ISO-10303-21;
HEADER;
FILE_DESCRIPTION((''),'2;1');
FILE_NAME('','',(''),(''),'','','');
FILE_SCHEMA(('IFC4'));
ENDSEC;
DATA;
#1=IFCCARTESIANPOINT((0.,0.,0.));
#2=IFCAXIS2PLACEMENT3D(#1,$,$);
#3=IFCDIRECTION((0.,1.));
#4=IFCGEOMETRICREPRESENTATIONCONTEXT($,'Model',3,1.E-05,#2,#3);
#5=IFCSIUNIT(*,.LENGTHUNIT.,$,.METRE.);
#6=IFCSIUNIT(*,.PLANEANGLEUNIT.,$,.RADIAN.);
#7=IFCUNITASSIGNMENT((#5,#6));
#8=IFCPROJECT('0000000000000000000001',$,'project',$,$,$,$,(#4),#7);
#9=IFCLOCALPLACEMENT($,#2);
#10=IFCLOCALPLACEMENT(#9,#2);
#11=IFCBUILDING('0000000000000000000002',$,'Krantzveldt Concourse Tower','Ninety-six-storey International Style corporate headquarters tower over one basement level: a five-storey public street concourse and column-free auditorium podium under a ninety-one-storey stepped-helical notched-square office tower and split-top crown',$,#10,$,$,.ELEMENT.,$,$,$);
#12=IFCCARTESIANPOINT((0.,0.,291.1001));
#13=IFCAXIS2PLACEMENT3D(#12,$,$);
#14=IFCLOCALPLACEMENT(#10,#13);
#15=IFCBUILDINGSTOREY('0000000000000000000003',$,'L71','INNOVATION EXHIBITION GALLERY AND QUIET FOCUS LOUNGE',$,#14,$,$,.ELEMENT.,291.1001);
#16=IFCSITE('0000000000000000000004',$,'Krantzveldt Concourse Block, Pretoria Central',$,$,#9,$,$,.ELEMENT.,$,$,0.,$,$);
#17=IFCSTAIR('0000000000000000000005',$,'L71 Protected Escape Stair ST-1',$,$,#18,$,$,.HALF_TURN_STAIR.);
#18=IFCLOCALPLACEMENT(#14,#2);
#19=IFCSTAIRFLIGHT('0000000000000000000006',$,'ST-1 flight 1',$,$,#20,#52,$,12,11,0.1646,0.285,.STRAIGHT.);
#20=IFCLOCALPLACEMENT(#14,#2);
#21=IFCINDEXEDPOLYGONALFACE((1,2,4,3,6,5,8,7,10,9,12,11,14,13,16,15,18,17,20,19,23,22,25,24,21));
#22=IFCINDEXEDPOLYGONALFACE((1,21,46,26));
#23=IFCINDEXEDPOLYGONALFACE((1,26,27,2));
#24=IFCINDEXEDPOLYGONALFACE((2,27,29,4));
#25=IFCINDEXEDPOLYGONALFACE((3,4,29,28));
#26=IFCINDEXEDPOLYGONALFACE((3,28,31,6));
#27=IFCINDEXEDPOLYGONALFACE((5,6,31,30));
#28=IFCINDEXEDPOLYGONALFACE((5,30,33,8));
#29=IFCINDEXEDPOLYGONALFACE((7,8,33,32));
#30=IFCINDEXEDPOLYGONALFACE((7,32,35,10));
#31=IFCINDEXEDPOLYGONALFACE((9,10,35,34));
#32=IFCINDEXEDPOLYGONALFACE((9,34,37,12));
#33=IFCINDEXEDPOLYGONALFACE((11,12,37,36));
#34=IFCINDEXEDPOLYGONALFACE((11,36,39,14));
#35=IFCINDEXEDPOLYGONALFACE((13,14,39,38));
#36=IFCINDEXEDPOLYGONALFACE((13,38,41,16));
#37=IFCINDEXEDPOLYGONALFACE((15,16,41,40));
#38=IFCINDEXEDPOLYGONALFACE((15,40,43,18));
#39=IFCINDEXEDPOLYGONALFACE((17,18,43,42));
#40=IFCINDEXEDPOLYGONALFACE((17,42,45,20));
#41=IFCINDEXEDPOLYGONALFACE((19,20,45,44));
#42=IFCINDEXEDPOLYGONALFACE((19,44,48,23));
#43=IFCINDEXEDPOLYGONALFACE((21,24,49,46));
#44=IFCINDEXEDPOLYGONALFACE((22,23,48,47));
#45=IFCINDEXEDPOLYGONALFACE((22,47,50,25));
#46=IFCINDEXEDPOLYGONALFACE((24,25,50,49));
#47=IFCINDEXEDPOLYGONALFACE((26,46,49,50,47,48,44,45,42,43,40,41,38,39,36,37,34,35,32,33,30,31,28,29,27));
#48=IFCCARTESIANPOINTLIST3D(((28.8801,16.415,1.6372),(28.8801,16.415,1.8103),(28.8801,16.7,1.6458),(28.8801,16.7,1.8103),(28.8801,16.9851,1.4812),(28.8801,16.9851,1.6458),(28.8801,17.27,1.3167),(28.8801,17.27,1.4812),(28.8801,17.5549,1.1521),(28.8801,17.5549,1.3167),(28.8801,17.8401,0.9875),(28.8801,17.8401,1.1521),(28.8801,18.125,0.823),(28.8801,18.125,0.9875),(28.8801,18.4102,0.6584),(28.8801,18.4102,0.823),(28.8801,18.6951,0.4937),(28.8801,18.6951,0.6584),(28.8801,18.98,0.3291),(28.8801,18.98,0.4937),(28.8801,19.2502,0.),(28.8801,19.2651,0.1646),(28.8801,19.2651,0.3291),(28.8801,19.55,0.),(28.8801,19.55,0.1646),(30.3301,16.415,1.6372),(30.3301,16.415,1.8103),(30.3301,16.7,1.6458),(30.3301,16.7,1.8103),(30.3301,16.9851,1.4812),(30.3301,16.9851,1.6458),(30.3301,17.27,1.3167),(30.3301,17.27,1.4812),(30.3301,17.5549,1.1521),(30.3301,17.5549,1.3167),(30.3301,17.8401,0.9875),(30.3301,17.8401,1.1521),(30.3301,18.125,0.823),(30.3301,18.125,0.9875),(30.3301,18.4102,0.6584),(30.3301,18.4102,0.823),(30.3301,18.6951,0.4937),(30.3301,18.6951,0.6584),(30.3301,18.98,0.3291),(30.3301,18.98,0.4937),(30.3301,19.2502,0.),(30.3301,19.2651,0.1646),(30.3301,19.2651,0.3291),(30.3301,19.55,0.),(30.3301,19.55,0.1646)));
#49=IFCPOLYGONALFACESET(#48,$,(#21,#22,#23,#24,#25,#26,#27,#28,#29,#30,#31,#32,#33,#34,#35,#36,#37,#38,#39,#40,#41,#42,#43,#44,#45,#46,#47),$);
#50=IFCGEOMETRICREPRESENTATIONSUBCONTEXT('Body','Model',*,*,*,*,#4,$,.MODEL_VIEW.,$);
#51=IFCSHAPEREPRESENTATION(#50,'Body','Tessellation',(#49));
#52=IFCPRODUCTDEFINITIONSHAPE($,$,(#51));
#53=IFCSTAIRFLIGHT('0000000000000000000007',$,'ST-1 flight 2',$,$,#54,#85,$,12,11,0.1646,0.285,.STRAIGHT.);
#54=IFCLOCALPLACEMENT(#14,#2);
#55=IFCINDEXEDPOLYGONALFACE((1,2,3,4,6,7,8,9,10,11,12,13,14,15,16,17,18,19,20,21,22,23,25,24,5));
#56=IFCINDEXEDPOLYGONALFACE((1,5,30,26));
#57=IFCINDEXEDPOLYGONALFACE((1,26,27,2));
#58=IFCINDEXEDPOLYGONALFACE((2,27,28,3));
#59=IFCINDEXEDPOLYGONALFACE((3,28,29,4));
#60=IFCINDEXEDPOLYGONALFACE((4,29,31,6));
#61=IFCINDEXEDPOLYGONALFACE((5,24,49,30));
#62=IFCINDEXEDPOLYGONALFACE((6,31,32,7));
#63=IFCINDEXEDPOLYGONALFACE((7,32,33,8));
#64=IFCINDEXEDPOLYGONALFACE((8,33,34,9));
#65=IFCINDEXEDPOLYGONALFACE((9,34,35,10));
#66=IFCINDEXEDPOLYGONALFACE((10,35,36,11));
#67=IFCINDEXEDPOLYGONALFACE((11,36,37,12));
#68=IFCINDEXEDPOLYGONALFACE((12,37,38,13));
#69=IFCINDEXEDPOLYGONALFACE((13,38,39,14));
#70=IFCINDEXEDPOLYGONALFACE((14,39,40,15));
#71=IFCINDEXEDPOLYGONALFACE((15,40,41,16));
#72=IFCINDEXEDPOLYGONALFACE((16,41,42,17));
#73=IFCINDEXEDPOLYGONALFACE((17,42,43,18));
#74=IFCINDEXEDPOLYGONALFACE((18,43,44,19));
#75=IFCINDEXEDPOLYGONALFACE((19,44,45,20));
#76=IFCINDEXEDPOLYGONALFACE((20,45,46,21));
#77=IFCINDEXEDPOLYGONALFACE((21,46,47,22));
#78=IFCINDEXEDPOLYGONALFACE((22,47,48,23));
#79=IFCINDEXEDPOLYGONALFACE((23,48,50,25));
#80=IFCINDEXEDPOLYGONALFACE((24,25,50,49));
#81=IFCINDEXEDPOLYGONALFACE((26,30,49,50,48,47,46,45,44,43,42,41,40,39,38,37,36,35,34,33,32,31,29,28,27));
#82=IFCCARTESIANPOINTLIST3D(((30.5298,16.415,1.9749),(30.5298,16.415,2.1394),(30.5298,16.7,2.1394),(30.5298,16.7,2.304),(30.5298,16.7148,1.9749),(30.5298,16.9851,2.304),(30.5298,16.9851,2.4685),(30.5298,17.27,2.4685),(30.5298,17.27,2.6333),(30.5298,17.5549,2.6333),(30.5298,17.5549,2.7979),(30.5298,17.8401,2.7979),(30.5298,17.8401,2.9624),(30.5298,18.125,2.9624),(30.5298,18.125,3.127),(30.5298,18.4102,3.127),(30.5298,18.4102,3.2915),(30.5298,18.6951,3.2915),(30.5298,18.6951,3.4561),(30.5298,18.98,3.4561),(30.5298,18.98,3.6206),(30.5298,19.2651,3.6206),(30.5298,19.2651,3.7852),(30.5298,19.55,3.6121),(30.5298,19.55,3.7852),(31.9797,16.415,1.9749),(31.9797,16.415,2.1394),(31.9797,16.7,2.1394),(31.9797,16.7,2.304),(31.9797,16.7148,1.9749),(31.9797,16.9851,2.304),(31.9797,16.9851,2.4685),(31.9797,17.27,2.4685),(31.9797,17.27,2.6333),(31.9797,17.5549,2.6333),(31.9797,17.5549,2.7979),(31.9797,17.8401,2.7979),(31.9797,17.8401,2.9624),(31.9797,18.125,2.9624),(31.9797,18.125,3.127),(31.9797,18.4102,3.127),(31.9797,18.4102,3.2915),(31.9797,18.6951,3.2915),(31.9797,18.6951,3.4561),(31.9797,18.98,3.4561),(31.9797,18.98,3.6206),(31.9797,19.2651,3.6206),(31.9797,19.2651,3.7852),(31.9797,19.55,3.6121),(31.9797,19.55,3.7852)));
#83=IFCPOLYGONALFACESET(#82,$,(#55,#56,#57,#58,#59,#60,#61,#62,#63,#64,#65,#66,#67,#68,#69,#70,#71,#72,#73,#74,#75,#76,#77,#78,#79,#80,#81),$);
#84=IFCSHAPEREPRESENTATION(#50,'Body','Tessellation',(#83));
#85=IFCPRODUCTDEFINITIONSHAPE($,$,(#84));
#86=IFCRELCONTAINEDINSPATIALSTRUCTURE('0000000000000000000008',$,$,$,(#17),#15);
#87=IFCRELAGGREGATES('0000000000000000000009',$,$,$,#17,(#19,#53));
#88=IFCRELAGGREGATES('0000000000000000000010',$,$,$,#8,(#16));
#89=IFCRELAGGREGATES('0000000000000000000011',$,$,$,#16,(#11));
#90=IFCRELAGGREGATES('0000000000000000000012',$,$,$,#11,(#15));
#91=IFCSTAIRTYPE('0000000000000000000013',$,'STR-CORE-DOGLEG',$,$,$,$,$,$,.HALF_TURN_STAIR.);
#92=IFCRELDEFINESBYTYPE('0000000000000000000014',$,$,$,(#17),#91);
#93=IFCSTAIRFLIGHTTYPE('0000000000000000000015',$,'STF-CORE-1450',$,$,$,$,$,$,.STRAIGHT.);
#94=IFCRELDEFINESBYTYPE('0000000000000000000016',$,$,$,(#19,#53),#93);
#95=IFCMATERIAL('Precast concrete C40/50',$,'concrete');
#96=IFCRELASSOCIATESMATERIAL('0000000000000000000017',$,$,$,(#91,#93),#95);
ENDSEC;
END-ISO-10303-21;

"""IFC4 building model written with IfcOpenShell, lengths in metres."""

from ifc_helpers import new_model, si_unit, direction, frame, origin, place, context, subcontext, project, spatial, polyline, outline, extrude, material, type_object, element, aggregate, save


model = new_model("IFC4")

# Units and contexts
model_context = context("Model", 3, precision=1e-05, world=origin(), true_north=direction((0.0, 1.0)))
body_context = subcontext(model_context, "Body", "Model", "MODEL_VIEW")
ifc_project = project(units=[si_unit("LENGTHUNIT", "METRE"), si_unit("PLANEANGLEUNIT", "RADIAN")], contexts=[model_context])

# Site, building, storey
site_placement = place(None, origin())
site = spatial("IfcSite", under=ifc_project, at=site_placement, Name="Krantzveldt Concourse Block, Pretoria Central", CompositionType="ELEMENT", RefElevation=0.0)
building_placement = place(site_placement, origin())
building = spatial("IfcBuilding", under=site, at=building_placement, Name="Krantzveldt Concourse Tower", Description="Ninety-six-storey International Style corporate headquarters tower over one basement level: a five-storey public street concourse and column-free auditorium podium under a ninety-one-storey stepped-helical notched-square office tower and split-top crown", CompositionType="ELEMENT")
storey_placement = place(building_placement, frame((0.0, 0.0, 291.1001)))
storey = spatial("IfcBuildingStorey", under=building, at=storey_placement, Name="L71", Description="INNOVATION EXHIBITION GALLERY AND QUIET FOCUS LOUNGE", CompositionType="ELEMENT", Elevation=291.1001)

# Stair, stair flights
ifc_material_1 = material(Name="Precast concrete C40/50", Category="concrete")
stair_type = type_object("IfcStairType", Name="STR-CORE-DOGLEG", PredefinedType="HALF_TURN_STAIR", material=ifc_material_1)
stair_placement = place(storey_placement, origin())
stair = element("IfcStair", 1, at=stair_placement, inside=storey, type_object=stair_type, Name="L71 Protected Escape Stair ST-1", PredefinedType="HALF_TURN_STAIR")
stair_flight_type = type_object("IfcStairFlightType", Name="STF-CORE-1450", PredefinedType="STRAIGHT", material=ifc_material_1)
stair_flight_1_placement = place(storey_placement, frame((29.605, 19.55, 0.0), z_axis=(0.0, 0.0, 1.0), x_axis=(0.0, -1.0, 0.0)))
stair_flight_1 = element("IfcStairFlight", 2, at=stair_flight_1_placement, type_object=stair_flight_type, Name="ST-1 flight 1", NumberOfRisers=12, NumberOfTreads=11, PredefinedType="STRAIGHT", RiserHeight=0.1646, TreadLength=0.285, context=body_context, shape_type="SweptSolid", body=[
    extrude(outline(polyline([(0.0, 0.0), (0.0, 0.1646), (0.2849, 0.1646), (0.2849, 0.3291), (0.5701, 0.3291), (0.5701, 0.4937), (0.855, 0.4937), (0.855, 0.6584), (1.1399, 0.6584), (1.1399, 0.823), (1.425, 0.823), (1.425, 0.9875), (1.71, 0.9875), (1.71, 1.1521), (1.9951, 1.1521), (1.9951, 1.3167), (2.28, 1.3167), (2.28, 1.4812), (2.5649, 1.4812), (2.5649, 1.6458), (2.8501, 1.6458), (2.8501, 1.8103), (3.135, 1.8103), (3.135, 1.9751), (3.135, 1.6372), (0.2998, 0.0), (0.0, 0.0)])), frame((0.0, 0.7251, 0.0), z_axis=(0.0, -1.0, 0.0), x_axis=(1.0, 0.0, 0.0)), (0.0, 0.0, 1.0), 1.45),
])
stair_flight_2_placement = place(storey_placement, frame((31.2549, 16.415, 1.9749), z_axis=(0.0, 0.0, 1.0), x_axis=(0.0, 1.0, 0.0)))
stair_flight_2 = element("IfcStairFlight", 3, at=stair_flight_2_placement, type_object=stair_flight_type, Name="ST-1 flight 2", NumberOfRisers=12, NumberOfTreads=11, PredefinedType="STRAIGHT", RiserHeight=0.1646, TreadLength=0.285, context=body_context, shape_type="SweptSolid", body=[
    extrude(outline(polyline([(0.0, 0.0), (0.0, 0.1646), (0.2849, 0.1646), (0.2849, 0.3291), (0.5701, 0.3291), (0.5701, 0.4937), (0.855, 0.4937), (0.855, 0.6584), (1.1399, 0.6584), (1.1399, 0.823), (1.425, 0.823), (1.425, 0.9875), (1.71, 0.9875), (1.71, 1.1521), (1.9951, 1.1521), (1.9951, 1.3167), (2.28, 1.3167), (2.28, 1.4812), (2.5649, 1.4812), (2.5649, 1.6458), (2.8501, 1.6458), (2.8501, 1.8103), (3.135, 1.8103), (3.135, 1.9751), (3.135, 1.6372), (0.2998, 0.0), (0.0, 0.0)])), frame((0.0, 0.7251, 0.0), z_axis=(0.0, -1.0, 0.0), x_axis=(1.0, 0.0, 0.0)), (0.0, 0.0, 1.0), 1.45),
])
aggregate(stair, [stair_flight_1, stair_flight_2])

save(model, "model.ifc")
